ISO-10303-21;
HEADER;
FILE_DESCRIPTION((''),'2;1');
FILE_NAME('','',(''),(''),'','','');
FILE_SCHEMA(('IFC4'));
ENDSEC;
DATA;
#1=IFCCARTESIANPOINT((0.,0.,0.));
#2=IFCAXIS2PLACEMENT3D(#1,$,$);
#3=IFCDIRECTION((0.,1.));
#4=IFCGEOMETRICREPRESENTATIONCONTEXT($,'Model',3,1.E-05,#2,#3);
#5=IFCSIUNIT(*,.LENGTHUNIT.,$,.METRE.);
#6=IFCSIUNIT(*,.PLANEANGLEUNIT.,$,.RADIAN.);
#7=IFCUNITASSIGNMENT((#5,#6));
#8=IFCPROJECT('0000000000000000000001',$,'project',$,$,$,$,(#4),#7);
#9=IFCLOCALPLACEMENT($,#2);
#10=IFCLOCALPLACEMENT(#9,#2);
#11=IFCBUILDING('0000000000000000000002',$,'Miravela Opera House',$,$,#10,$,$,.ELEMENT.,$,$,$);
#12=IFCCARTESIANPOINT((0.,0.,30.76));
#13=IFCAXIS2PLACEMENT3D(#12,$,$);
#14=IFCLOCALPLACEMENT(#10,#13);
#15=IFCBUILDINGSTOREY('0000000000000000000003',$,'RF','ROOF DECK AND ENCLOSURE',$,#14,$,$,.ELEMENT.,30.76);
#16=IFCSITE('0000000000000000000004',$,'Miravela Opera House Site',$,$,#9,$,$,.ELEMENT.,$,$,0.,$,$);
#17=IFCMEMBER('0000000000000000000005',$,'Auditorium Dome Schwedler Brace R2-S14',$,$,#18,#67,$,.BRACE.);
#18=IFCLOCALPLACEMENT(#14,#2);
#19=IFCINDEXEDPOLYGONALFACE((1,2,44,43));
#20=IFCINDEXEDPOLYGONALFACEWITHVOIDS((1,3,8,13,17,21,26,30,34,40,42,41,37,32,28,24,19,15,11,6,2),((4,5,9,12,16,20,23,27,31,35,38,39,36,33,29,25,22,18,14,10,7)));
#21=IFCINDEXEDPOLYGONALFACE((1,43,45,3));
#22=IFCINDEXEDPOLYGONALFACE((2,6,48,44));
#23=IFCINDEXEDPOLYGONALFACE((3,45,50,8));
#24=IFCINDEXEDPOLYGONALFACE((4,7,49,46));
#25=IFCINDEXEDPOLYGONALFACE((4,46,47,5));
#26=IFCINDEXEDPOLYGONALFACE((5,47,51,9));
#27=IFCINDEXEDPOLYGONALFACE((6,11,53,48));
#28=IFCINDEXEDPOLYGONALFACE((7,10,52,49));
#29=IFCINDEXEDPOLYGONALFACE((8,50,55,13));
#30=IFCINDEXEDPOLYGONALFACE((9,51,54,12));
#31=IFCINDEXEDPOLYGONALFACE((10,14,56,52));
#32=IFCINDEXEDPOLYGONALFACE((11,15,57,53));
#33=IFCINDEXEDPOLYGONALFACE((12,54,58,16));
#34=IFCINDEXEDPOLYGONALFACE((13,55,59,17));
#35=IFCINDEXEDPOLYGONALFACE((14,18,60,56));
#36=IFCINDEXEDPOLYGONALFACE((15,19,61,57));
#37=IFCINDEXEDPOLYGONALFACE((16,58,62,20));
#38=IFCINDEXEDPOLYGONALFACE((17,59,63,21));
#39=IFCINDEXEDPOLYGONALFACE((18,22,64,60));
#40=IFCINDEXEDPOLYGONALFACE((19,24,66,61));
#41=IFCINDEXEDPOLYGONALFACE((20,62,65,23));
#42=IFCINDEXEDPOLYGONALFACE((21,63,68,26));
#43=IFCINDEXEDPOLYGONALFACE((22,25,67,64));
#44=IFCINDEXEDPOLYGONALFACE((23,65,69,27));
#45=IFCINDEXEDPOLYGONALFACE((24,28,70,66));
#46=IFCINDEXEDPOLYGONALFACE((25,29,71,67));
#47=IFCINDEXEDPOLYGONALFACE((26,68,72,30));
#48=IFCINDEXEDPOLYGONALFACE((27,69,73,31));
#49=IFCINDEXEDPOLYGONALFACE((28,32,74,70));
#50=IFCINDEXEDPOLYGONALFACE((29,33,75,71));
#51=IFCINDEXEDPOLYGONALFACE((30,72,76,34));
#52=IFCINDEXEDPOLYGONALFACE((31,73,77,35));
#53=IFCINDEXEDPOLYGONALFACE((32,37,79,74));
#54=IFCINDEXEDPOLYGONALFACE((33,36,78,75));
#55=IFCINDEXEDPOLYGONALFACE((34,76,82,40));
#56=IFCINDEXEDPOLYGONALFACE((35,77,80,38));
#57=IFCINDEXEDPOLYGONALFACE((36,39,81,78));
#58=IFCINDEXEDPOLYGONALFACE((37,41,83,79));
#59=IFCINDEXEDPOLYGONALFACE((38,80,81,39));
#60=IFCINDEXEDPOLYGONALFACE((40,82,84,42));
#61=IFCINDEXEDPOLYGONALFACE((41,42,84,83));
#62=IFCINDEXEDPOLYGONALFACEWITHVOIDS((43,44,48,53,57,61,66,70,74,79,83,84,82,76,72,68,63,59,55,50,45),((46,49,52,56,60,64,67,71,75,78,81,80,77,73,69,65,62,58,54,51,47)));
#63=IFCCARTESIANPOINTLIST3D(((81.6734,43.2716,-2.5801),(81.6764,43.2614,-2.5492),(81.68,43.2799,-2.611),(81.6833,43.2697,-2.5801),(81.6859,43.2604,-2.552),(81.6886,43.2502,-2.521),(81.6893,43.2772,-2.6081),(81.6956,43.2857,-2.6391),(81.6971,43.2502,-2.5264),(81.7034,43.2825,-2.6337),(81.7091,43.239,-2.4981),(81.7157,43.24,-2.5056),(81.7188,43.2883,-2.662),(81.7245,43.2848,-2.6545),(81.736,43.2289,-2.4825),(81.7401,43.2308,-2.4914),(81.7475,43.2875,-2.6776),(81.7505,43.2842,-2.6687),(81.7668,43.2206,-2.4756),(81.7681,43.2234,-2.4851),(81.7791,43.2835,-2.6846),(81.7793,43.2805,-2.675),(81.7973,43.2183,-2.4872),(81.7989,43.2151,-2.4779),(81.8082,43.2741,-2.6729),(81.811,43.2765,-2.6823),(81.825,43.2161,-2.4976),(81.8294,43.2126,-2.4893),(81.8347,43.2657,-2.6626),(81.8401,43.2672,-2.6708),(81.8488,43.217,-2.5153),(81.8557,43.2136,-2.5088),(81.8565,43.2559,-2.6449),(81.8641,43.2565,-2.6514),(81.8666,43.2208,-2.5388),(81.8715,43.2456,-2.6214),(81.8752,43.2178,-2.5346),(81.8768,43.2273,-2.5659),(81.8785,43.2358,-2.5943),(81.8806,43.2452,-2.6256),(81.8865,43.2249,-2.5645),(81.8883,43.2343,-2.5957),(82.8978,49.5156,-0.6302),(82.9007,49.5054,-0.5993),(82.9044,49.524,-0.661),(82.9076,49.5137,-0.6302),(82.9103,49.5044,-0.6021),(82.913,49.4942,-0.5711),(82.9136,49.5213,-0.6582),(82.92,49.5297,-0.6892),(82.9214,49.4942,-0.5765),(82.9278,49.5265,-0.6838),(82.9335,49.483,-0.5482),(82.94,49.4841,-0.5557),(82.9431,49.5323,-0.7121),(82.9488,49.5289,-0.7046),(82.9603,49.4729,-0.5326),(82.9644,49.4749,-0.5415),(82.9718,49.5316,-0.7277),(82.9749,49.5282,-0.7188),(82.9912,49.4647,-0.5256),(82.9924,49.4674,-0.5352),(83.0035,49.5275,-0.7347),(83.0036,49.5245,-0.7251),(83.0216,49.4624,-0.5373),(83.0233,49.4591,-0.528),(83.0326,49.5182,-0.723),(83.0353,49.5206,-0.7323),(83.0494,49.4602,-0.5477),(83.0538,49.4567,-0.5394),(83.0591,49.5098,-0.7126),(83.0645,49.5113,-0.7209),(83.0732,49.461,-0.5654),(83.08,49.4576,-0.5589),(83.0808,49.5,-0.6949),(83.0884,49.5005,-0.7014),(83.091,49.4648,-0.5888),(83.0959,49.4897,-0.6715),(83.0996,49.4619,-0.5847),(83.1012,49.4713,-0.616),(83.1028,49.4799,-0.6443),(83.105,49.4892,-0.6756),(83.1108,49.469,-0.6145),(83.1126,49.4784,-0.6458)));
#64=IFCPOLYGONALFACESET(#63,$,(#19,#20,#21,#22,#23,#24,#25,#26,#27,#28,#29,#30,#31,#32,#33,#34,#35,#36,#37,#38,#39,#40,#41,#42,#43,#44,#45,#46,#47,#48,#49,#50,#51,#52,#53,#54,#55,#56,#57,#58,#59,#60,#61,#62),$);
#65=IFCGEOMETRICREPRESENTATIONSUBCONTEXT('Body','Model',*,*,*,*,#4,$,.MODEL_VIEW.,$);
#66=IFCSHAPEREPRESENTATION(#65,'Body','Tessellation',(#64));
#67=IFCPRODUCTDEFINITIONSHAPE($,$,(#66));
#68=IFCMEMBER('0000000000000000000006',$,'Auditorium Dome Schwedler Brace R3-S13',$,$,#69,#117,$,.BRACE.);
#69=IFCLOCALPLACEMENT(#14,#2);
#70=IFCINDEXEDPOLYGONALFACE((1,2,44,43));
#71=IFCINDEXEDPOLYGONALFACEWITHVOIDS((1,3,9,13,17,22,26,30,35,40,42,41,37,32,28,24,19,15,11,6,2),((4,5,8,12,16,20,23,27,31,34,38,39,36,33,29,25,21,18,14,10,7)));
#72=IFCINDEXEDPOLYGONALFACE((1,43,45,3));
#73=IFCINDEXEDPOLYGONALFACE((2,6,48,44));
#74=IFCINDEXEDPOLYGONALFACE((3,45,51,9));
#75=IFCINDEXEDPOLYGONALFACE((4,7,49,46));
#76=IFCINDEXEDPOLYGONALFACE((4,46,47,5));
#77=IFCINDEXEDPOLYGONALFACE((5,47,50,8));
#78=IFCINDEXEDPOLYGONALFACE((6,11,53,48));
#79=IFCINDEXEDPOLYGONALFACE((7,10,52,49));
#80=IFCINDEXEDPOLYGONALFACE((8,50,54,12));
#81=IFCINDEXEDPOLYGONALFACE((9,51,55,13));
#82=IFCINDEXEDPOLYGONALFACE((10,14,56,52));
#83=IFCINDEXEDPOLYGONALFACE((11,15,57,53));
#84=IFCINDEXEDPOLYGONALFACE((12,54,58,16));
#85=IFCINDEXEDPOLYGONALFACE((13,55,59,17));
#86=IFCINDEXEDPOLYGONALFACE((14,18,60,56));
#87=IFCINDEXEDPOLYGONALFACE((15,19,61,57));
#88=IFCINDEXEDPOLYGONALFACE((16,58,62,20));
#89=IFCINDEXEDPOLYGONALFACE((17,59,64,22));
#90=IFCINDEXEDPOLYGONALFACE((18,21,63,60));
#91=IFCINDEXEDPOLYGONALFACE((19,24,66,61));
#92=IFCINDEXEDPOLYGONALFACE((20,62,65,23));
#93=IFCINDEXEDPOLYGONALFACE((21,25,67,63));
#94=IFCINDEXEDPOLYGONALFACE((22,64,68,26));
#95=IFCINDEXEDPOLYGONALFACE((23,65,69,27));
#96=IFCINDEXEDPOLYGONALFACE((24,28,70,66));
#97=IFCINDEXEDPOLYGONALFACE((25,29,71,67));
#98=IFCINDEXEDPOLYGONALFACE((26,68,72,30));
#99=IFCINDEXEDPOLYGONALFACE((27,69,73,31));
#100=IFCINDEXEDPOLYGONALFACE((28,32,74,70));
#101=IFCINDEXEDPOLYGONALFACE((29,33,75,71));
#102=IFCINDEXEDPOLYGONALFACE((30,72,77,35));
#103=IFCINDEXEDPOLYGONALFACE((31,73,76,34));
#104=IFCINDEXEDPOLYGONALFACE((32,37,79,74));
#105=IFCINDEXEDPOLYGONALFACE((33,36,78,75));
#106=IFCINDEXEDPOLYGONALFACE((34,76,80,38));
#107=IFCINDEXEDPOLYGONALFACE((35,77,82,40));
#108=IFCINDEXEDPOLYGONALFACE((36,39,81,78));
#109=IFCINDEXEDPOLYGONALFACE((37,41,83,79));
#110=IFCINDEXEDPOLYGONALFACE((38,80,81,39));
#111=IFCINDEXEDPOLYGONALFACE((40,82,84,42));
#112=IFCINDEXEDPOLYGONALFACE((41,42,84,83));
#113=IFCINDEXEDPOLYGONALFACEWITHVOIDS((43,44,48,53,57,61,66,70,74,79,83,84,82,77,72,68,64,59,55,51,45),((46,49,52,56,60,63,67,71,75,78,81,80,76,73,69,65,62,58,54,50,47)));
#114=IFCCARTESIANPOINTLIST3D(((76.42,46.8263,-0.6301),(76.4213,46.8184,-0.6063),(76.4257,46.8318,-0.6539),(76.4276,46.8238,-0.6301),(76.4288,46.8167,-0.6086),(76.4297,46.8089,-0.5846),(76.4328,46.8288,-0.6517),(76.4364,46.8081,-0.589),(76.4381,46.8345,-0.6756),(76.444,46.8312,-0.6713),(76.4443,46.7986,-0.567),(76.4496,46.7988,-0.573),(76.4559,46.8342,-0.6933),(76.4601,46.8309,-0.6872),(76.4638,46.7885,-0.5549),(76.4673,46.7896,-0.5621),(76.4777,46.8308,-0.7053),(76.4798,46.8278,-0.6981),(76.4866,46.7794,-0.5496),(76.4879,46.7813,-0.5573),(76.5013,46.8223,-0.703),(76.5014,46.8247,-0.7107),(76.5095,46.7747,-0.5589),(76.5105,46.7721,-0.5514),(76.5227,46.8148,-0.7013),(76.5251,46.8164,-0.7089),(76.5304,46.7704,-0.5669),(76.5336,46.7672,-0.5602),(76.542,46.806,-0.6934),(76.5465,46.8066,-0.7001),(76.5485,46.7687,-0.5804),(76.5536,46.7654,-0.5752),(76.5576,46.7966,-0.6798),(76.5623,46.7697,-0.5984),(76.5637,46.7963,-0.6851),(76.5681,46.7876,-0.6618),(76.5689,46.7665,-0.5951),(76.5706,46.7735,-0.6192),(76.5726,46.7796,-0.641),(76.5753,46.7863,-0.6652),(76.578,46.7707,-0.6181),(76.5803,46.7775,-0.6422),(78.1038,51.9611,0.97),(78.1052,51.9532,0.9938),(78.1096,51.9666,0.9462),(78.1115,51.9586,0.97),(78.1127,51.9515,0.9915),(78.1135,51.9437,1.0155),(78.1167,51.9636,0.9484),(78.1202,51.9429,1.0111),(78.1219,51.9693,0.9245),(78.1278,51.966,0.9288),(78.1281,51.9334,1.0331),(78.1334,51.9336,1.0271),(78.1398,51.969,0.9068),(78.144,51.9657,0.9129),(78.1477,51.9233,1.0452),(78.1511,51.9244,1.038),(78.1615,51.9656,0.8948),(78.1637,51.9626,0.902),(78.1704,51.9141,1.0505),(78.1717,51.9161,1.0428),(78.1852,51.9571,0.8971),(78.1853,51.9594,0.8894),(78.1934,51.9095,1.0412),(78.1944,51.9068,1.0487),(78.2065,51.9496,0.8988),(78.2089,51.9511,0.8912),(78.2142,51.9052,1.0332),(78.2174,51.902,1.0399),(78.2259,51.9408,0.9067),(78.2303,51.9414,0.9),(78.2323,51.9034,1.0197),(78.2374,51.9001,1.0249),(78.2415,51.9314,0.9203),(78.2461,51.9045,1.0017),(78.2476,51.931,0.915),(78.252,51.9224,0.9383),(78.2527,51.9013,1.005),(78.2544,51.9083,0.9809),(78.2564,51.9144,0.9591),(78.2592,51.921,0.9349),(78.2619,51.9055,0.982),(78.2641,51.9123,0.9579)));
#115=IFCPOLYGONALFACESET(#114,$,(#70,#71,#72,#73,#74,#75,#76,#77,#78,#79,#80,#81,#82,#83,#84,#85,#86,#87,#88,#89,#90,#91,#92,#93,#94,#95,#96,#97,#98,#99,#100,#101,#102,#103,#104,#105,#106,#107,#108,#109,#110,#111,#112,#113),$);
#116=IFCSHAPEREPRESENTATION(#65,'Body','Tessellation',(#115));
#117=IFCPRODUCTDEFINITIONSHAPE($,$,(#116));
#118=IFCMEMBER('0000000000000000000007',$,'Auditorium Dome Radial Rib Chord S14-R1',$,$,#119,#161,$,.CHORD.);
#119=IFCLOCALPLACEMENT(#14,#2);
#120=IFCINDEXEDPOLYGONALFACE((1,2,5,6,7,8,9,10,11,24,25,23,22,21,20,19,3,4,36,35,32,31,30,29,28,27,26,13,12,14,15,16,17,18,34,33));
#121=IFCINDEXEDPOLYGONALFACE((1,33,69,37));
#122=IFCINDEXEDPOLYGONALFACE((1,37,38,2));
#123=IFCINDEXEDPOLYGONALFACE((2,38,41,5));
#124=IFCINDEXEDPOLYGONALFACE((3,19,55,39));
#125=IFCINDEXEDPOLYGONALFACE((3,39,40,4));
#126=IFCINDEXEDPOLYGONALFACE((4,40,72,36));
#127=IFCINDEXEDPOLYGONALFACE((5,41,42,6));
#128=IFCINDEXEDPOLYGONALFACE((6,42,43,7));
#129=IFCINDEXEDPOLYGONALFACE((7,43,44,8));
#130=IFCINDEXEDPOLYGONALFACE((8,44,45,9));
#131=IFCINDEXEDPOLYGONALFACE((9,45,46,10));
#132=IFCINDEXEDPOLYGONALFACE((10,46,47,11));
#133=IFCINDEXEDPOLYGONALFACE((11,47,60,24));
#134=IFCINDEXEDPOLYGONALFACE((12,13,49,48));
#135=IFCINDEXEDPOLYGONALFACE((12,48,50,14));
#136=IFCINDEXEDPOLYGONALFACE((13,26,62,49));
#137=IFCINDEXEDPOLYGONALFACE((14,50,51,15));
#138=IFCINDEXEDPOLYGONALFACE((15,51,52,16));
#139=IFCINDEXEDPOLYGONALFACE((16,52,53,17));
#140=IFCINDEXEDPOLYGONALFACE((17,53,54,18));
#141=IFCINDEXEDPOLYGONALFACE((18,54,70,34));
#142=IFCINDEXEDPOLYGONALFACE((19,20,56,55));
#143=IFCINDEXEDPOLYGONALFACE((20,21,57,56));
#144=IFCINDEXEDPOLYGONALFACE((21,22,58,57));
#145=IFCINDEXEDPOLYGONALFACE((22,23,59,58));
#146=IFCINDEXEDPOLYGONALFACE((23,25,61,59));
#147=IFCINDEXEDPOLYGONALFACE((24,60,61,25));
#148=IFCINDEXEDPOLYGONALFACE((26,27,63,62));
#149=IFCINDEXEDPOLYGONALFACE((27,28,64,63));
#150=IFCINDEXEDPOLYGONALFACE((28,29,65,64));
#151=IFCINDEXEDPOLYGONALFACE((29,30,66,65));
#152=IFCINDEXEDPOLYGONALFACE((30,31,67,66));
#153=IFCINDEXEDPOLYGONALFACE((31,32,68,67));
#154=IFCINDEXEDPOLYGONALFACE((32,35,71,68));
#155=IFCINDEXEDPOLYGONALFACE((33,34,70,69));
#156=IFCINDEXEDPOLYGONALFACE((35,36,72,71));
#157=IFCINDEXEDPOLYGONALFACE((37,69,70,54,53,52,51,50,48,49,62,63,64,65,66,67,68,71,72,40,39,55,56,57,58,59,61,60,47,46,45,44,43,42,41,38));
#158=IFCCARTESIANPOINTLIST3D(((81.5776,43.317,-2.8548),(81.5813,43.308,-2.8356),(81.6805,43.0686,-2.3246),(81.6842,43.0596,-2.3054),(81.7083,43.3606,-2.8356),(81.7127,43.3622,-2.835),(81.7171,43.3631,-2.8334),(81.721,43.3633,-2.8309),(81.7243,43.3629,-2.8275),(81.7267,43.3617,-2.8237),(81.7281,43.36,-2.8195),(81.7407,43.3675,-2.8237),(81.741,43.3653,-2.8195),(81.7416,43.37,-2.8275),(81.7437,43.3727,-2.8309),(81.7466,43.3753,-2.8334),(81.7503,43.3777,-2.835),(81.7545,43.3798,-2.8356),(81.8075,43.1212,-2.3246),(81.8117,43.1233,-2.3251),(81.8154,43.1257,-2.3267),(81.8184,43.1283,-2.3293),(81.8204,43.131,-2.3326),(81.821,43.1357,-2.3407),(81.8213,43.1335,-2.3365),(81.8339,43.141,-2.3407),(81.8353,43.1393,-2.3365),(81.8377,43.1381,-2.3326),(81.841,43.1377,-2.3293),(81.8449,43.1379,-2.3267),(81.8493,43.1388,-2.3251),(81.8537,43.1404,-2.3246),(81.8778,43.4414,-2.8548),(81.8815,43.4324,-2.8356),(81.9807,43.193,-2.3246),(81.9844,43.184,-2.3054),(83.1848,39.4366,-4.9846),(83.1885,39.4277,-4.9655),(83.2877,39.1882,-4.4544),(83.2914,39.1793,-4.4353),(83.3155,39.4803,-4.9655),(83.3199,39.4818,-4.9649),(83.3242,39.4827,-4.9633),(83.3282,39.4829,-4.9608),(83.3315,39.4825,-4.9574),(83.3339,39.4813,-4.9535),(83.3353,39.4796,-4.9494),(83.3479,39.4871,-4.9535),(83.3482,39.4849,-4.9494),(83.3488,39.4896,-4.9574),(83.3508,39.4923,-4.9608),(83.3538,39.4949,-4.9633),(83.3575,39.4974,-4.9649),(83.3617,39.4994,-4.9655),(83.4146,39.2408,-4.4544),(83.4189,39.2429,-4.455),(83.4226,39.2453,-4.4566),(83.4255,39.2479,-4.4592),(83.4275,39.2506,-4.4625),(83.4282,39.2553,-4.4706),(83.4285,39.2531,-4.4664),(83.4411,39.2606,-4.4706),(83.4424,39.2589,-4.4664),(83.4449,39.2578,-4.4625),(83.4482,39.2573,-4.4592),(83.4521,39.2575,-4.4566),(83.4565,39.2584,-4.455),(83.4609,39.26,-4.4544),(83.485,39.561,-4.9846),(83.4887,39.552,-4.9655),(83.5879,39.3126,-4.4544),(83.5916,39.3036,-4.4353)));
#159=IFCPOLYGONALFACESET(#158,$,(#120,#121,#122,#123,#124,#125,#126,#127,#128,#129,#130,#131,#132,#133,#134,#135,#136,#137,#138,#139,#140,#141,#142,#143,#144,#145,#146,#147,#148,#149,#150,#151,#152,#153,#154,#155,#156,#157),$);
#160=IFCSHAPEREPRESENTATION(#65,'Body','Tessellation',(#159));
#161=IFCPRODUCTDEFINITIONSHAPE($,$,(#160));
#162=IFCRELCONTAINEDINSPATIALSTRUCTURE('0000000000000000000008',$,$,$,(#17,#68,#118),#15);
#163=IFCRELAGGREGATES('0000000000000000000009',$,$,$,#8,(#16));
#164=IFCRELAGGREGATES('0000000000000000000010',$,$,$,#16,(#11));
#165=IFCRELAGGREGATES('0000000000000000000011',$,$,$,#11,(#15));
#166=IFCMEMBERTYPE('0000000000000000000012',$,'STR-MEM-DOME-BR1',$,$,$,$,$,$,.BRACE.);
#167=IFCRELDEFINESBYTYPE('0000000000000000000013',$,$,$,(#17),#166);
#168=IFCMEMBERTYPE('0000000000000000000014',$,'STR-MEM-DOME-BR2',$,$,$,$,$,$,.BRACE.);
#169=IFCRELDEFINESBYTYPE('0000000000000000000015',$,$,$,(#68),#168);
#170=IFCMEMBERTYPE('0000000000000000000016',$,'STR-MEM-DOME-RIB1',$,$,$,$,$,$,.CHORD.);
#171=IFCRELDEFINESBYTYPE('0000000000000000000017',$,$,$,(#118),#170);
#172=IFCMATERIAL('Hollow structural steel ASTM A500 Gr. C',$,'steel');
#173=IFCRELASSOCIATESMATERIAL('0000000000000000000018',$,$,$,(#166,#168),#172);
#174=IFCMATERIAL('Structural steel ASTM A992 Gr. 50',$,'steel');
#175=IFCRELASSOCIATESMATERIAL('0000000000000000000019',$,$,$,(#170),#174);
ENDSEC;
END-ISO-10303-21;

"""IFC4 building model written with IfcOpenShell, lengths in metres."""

from ifc_helpers import new_model, si_unit, direction, frame, origin, origin_2d, place, context, subcontext, project, spatial, hollow_circle, i_section, extrude, material, material_profile, profile_set, type_object, element, save


model = new_model("IFC4")

# Units and contexts
model_context = context("Model", 3, precision=1e-05, world=origin(), true_north=direction((0.0, 1.0)))
body_context = subcontext(model_context, "Body", "Model", "MODEL_VIEW")
ifc_project = project(units=[si_unit("LENGTHUNIT", "METRE"), si_unit("PLANEANGLEUNIT", "RADIAN")], contexts=[model_context])

# Site, building, storey
site_placement = place(None, origin())
site = spatial("IfcSite", under=ifc_project, at=site_placement, Name="Miravela Opera House Site", CompositionType="ELEMENT", RefElevation=0.0)
building_placement = place(site_placement, origin())
building = spatial("IfcBuilding", under=site, at=building_placement, Name="Miravela Opera House", CompositionType="ELEMENT")
storey_placement = place(building_placement, frame((0.0, 0.0, 30.76)))
storey = spatial("IfcBuildingStorey", under=building, at=storey_placement, Name="RF", Description="ROOF DECK AND ENCLOSURE", CompositionType="ELEMENT", Elevation=30.76)

# Shared definitions
ifc_material_1 = material(Name="Structural steel ASTM A992 Gr. 50", Category="steel")

# Members
ifc_material_2 = material(Name="Hollow structural steel ASTM A500 Gr. C", Category="steel")
ifc_material_profile_1 = material_profile(ifc_material_2, hollow_circle(Radius=0.1096, WallThickness=0.01, at=origin_2d()), Name="CHS219X10")
ifc_profile_set_1 = profile_set([ifc_material_profile_1])
member_type_1 = type_object("IfcMemberType", Name="STR-MEM-DOME-BR1", PredefinedType="BRACE", material=ifc_profile_set_1)
member_1_placement = place(storey_placement, frame((81.781, 43.2505, -2.5801), z_axis=(0.183973, 0.938246, 0.293), x_axis=(-0.981313, 0.192418, 0.0)))
element("IfcMember", 1, at=member_1_placement, inside=storey, type_object=member_type_1, Name="Auditorium Dome Schwedler Brace R2-S14", PredefinedType="BRACE", context=body_context, shape_type="SweptSolid", body=[
    extrude(hollow_circle(Radius=0.1096, WallThickness=0.01, at=origin_2d()), origin(), (0.0, 0.0, 1.0), 6.655),
])
ifc_material_profile_2 = material_profile(ifc_material_2, hollow_circle(Radius=0.0842, WallThickness=0.0081, at=origin_2d()), Name="CHS168X8")
ifc_profile_set_2 = profile_set([ifc_material_profile_2])
member_type_2 = type_object("IfcMemberType", Name="STR-MEM-DOME-BR2", PredefinedType="BRACE", material=ifc_profile_set_2)
member_2_placement = place(storey_placement, frame((76.5, 46.8, -0.6301), z_axis=(0.298779, 0.911109, 0.28392), x_axis=(-0.950213, 0.311602, 0.0)))
element("IfcMember", 2, at=member_2_placement, inside=storey, type_object=member_type_2, Name="Auditorium Dome Schwedler Brace R3-S13", PredefinedType="BRACE", context=body_context, shape_type="SweptSolid", body=[
    extrude(hollow_circle(Radius=0.0842, WallThickness=0.0081, at=origin_2d()), origin(), (0.0, 0.0, 1.0), 5.6357),
])
ifc_material_profile_3 = material_profile(ifc_material_1, i_section(OverallWidth=0.325, OverallDepth=0.616, WebThickness=0.0139, FlangeThickness=0.0215, FilletRadius=0.0181, at=origin_2d()), Name="W610X174")
ifc_profile_set_3 = profile_set([ifc_material_profile_3])
member_type_3 = type_object("IfcMemberType", Name="STR-MEM-DOME-RIB1", PredefinedType="CHORD", material=ifc_profile_set_3)
member_3_placement = place(storey_placement, frame((83.3882, 39.3701, -4.71), z_axis=(-0.341284, 0.823995, 0.45228), x_axis=(-0.92389, -0.382658, 0.0)))
element("IfcMember", 3, at=member_3_placement, inside=storey, type_object=member_type_3, Name="Auditorium Dome Radial Rib Chord S14-R1", PredefinedType="CHORD", context=body_context, shape_type="SweptSolid", body=[
    extrude(i_section(OverallWidth=0.325, OverallDepth=0.616, WebThickness=0.0139, FlangeThickness=0.0215, FilletRadius=0.0181, at=origin_2d()), origin(), (0.0, 0.0, 1.0), 4.7092),
])

save(model, "model.ifc")
